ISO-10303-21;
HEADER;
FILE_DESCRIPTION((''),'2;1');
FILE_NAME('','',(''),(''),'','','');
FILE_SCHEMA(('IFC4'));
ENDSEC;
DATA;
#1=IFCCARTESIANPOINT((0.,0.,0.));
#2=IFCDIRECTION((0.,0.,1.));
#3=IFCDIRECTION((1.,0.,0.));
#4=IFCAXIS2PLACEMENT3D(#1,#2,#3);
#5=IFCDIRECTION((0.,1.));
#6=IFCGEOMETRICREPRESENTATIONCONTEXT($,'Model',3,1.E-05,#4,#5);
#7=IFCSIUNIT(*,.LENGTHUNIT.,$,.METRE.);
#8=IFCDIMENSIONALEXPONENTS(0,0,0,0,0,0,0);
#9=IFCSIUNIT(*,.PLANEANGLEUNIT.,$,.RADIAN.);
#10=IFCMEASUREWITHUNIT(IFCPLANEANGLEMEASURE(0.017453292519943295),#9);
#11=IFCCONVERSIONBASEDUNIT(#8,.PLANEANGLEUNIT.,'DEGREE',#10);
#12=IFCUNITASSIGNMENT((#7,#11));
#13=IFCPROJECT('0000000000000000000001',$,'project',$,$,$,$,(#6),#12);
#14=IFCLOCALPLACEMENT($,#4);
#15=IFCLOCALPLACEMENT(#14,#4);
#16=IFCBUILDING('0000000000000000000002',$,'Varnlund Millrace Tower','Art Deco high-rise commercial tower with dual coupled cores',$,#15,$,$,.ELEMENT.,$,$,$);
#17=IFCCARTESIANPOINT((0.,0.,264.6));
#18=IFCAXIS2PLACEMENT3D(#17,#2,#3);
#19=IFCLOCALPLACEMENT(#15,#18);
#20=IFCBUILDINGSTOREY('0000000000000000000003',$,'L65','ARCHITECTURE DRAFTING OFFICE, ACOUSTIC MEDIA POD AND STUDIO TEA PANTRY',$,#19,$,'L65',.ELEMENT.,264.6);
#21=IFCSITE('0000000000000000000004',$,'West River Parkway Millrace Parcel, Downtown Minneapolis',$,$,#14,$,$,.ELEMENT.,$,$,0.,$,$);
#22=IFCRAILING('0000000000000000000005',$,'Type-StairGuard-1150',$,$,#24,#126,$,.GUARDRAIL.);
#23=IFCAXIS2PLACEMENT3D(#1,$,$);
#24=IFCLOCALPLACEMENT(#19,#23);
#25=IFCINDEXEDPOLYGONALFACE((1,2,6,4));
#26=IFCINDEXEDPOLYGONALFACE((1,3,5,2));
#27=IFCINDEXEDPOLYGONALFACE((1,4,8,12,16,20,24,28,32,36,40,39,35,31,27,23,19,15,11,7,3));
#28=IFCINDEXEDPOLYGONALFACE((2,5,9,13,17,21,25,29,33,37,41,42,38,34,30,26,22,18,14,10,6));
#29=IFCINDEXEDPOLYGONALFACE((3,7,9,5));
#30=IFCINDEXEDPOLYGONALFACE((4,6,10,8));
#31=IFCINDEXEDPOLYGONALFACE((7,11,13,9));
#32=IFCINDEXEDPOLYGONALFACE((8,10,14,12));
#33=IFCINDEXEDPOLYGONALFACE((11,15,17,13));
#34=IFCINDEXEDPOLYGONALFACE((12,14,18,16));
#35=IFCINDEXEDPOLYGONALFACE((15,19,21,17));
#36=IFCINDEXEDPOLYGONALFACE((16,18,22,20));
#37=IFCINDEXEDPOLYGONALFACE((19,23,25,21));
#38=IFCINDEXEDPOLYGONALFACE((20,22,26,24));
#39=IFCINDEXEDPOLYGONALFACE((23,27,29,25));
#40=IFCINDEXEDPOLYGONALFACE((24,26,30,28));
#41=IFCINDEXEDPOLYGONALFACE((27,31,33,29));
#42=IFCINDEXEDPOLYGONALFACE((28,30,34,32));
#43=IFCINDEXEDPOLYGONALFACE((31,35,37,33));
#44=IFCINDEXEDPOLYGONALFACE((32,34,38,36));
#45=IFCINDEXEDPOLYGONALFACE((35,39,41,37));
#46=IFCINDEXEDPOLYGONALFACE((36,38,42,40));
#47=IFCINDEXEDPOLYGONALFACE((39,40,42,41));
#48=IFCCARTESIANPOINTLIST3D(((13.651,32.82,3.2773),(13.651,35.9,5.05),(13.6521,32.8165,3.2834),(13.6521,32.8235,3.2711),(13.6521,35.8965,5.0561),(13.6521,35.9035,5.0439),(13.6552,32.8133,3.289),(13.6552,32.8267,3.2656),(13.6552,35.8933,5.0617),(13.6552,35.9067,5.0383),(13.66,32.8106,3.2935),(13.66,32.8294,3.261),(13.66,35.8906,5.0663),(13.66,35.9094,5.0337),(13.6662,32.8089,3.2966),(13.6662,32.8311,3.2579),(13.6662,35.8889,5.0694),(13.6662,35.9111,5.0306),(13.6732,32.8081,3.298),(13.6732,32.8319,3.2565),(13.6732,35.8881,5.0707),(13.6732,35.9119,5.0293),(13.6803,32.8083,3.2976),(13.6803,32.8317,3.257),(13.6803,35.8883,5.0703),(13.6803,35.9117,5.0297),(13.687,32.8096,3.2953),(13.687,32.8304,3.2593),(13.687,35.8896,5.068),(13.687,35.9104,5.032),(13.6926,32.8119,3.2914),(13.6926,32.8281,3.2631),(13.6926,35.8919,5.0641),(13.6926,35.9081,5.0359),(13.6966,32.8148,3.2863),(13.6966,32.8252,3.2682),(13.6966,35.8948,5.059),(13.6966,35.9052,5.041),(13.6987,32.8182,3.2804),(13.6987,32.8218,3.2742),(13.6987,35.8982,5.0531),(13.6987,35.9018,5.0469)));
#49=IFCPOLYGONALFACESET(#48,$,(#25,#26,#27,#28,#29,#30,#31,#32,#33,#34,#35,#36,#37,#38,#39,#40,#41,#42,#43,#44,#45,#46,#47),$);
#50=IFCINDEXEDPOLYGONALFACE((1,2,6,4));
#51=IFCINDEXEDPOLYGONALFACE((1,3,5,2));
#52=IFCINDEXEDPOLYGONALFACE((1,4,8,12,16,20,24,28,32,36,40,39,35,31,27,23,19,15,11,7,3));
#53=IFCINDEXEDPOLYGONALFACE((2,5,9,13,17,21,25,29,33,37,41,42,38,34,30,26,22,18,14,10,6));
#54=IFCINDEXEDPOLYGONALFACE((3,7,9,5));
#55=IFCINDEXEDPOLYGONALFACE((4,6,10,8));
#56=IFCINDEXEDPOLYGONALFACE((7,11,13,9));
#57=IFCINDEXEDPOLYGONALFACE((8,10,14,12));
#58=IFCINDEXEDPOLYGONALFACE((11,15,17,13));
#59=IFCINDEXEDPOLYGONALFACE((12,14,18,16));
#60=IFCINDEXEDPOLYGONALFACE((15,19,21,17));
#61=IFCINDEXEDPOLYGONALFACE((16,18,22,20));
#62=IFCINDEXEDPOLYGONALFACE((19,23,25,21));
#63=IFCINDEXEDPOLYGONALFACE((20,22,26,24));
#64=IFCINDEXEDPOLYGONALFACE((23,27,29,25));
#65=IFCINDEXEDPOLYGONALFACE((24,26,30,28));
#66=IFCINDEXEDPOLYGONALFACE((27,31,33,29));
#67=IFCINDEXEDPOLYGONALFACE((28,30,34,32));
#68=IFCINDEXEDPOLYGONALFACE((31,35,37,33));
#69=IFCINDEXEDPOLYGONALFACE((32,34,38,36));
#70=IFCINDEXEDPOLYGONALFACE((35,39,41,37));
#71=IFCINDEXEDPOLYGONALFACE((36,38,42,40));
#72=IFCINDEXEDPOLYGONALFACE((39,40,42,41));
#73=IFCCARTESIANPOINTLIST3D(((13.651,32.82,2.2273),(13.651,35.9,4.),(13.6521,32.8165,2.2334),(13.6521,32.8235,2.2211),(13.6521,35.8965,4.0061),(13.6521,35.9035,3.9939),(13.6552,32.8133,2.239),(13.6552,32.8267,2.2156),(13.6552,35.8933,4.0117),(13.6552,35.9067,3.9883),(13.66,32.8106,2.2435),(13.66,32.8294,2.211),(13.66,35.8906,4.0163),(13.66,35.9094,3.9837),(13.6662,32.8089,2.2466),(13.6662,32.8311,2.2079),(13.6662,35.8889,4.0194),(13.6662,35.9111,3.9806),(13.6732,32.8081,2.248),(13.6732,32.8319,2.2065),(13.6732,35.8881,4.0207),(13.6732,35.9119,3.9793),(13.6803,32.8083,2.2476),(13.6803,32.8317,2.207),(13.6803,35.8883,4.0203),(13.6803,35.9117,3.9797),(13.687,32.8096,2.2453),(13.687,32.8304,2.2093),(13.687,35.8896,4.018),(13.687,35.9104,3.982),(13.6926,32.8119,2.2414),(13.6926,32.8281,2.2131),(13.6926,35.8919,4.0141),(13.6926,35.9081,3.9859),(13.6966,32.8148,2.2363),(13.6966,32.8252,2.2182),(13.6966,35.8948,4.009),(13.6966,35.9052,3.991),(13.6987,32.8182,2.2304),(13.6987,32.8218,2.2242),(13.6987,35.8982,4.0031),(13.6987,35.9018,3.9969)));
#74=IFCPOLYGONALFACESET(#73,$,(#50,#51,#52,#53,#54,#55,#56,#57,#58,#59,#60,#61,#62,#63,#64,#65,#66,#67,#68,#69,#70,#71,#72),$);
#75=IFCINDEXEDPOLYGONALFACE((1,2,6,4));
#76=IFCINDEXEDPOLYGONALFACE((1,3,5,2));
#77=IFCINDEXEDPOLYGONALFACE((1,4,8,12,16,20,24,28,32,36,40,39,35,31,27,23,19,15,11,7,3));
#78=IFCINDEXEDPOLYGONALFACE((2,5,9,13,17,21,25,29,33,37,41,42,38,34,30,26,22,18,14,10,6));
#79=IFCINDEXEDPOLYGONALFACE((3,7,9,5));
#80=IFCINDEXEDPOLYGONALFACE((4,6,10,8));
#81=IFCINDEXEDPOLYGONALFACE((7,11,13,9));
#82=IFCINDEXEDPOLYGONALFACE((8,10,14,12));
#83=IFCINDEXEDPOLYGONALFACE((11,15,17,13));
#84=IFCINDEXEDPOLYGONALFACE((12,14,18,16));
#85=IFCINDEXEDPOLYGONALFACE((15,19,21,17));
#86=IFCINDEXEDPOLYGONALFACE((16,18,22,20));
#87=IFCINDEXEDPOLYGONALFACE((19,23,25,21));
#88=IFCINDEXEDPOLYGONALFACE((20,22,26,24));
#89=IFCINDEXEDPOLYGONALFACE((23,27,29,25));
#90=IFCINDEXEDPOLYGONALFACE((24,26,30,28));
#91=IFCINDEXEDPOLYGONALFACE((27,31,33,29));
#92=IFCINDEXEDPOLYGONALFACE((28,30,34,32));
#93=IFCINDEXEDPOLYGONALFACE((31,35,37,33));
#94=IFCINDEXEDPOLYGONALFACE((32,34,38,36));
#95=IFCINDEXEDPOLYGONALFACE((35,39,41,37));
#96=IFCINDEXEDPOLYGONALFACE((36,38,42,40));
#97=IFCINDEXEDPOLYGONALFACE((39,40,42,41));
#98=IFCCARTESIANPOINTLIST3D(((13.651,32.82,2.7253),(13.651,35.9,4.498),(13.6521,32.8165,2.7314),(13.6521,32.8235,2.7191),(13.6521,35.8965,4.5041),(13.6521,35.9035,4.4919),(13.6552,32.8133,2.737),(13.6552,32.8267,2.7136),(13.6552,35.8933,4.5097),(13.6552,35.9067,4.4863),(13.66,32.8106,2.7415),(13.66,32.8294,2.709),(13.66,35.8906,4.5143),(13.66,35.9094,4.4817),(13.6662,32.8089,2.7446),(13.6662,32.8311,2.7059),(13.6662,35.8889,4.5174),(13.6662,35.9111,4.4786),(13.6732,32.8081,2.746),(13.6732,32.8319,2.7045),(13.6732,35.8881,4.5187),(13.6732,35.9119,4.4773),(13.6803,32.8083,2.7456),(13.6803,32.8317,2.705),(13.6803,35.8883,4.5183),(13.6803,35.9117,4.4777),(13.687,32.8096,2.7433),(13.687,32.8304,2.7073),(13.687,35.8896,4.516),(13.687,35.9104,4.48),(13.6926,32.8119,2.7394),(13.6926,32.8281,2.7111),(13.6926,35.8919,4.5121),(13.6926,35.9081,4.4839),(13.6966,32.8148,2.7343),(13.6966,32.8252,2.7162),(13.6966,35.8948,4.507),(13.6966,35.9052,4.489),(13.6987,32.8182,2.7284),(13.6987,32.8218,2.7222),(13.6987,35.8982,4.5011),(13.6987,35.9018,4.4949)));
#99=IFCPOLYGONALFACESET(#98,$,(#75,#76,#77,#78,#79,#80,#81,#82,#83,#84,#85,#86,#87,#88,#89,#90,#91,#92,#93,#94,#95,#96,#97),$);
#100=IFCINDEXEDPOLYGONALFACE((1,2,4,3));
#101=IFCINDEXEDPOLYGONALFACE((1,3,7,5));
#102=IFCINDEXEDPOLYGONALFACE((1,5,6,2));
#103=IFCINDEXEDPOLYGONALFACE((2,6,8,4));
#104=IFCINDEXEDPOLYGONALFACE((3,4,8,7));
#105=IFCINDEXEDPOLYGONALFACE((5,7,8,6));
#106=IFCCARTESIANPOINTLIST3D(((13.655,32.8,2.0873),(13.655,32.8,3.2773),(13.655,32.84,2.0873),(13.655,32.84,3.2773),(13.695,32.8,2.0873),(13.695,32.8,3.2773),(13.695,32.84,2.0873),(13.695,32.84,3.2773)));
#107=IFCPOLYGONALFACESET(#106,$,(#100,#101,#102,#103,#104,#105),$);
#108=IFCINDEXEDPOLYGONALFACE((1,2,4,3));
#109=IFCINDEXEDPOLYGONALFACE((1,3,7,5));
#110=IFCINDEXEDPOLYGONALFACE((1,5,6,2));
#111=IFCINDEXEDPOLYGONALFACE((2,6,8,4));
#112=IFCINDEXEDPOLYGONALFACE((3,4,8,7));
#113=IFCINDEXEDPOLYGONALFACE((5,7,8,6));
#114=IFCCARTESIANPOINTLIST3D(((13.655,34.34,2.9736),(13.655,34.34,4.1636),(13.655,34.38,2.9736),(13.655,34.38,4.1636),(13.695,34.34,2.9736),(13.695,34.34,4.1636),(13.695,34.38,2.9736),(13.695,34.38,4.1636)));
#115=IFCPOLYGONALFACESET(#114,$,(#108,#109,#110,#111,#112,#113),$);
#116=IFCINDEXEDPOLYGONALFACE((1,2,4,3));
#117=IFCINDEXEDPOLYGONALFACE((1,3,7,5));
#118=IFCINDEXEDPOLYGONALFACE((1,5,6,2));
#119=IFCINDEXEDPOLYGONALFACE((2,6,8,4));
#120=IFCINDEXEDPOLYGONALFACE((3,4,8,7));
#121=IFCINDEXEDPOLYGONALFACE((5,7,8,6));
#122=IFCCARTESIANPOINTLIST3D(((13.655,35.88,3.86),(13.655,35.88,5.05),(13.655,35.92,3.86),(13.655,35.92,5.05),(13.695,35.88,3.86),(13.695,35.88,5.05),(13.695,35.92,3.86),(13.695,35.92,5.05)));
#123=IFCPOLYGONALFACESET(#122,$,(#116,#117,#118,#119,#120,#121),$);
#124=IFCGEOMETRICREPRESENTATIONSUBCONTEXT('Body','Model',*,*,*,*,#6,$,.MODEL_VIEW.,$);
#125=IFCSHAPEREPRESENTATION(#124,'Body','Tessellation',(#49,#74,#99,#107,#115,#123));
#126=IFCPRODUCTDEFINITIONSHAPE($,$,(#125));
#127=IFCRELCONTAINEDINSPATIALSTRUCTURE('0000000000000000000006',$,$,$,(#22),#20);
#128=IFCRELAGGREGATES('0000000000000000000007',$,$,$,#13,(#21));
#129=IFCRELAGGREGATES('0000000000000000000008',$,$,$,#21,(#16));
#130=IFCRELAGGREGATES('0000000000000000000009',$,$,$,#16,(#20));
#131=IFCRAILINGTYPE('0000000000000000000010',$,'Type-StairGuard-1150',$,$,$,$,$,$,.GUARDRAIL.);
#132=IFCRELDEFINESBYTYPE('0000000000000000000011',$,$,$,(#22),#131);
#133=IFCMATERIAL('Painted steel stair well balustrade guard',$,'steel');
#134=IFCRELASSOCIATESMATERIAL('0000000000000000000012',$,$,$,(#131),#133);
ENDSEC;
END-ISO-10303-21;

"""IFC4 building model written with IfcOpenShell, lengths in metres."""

from ifc_helpers import new_model, entity, si_unit, converted_unit, direction, frame, origin_with_axes, origin_2d_with_axis, place, context, subcontext, project, spatial, rectangle, circle, extrude, material, type_object, element, save


model = new_model("IFC4")

# Units and contexts
model_context = context("Model", 3, precision=1e-05, world=origin_with_axes(), true_north=direction((0.0, 1.0)))
body_context = subcontext(model_context, "Body", "Model", "MODEL_VIEW")
ifc_project = project(units=[si_unit("LENGTHUNIT", "METRE"), converted_unit("PLANEANGLEUNIT", "DEGREE", entity("IfcPlaneAngleMeasure", 0.017453292519943295), si_unit("PLANEANGLEUNIT", "RADIAN"), dimensions=[0, 0, 0, 0, 0, 0, 0])], contexts=[model_context])

# Site, building, storey
site_placement = place(None, origin_with_axes())
site = spatial("IfcSite", under=ifc_project, at=site_placement, Name="West River Parkway Millrace Parcel, Downtown Minneapolis", CompositionType="ELEMENT", RefElevation=0.0)
building_placement = place(site_placement, origin_with_axes())
building = spatial("IfcBuilding", under=site, at=building_placement, Name="Varnlund Millrace Tower", Description="Art Deco high-rise commercial tower with dual coupled cores", CompositionType="ELEMENT")
storey_placement = place(building_placement, frame((0.0, 0.0, 264.6), z_axis=(0.0, 0.0, 1.0), x_axis=(1.0, 0.0, 0.0)))
storey = spatial("IfcBuildingStorey", under=building, at=storey_placement, Name="L65", Description="ARCHITECTURE DRAFTING OFFICE, ACOUSTIC MEDIA POD AND STUDIO TEA PANTRY", LongName="L65", CompositionType="ELEMENT", Elevation=264.6)

# Railing
ifc_material_1 = material(Name="Painted steel stair well balustrade guard", Category="steel")
railing_type_1 = type_object("IfcRailingType", Name="Type-StairGuard-1150", PredefinedType="GUARDRAIL", material=ifc_material_1)
railing_1_placement = place(storey_placement, frame((0.0, 0.0, -264.6), z_axis=(0.0, 0.0, 1.0), x_axis=(1.0, 0.0, 0.0)))
element("IfcRailing", 1, at=railing_1_placement, inside=storey, type_object=railing_type_1, Name="Type-StairGuard-1150", PredefinedType="GUARDRAIL", context=body_context, shape_type="SweptSolid", body=[
    extrude(circle(Radius=0.024, at=origin_2d_with_axis()), frame((13.675, 32.82, 267.8773), z_axis=(0.0, 0.866696, 0.498836), x_axis=(-1.0, 0.0, 0.0)), (0.0, 0.0, 1.0), 3.5537),
    extrude(circle(Radius=0.024, at=origin_2d_with_axis()), frame((13.675, 32.82, 266.8273), z_axis=(0.0, 0.866696, 0.498836), x_axis=(-1.0, 0.0, 0.0)), (0.0, 0.0, 1.0), 3.5537),
    extrude(circle(Radius=0.024, at=origin_2d_with_axis()), frame((13.675, 32.82, 267.3253), z_axis=(0.0, 0.866696, 0.498836), x_axis=(-1.0, 0.0, 0.0)), (0.0, 0.0, 1.0), 3.5537),
    extrude(rectangle(XDim=0.04, YDim=0.04, at=origin_2d_with_axis()), frame((13.675, 32.82, 266.6873), z_axis=(0.0, 0.0, 1.0), x_axis=(1.0, 0.0, 0.0)), (0.0, 0.0, 1.0), 1.19),
    extrude(rectangle(XDim=0.04, YDim=0.04, at=origin_2d_with_axis()), frame((13.675, 34.36, 267.5736), z_axis=(0.0, 0.0, 1.0), x_axis=(1.0, 0.0, 0.0)), (0.0, 0.0, 1.0), 1.19),
    extrude(rectangle(XDim=0.04, YDim=0.04, at=origin_2d_with_axis()), frame((13.675, 35.9, 268.46), z_axis=(0.0, 0.0, 1.0), x_axis=(1.0, 0.0, 0.0)), (0.0, 0.0, 1.0), 1.19),
])

save(model, "model.ifc")
